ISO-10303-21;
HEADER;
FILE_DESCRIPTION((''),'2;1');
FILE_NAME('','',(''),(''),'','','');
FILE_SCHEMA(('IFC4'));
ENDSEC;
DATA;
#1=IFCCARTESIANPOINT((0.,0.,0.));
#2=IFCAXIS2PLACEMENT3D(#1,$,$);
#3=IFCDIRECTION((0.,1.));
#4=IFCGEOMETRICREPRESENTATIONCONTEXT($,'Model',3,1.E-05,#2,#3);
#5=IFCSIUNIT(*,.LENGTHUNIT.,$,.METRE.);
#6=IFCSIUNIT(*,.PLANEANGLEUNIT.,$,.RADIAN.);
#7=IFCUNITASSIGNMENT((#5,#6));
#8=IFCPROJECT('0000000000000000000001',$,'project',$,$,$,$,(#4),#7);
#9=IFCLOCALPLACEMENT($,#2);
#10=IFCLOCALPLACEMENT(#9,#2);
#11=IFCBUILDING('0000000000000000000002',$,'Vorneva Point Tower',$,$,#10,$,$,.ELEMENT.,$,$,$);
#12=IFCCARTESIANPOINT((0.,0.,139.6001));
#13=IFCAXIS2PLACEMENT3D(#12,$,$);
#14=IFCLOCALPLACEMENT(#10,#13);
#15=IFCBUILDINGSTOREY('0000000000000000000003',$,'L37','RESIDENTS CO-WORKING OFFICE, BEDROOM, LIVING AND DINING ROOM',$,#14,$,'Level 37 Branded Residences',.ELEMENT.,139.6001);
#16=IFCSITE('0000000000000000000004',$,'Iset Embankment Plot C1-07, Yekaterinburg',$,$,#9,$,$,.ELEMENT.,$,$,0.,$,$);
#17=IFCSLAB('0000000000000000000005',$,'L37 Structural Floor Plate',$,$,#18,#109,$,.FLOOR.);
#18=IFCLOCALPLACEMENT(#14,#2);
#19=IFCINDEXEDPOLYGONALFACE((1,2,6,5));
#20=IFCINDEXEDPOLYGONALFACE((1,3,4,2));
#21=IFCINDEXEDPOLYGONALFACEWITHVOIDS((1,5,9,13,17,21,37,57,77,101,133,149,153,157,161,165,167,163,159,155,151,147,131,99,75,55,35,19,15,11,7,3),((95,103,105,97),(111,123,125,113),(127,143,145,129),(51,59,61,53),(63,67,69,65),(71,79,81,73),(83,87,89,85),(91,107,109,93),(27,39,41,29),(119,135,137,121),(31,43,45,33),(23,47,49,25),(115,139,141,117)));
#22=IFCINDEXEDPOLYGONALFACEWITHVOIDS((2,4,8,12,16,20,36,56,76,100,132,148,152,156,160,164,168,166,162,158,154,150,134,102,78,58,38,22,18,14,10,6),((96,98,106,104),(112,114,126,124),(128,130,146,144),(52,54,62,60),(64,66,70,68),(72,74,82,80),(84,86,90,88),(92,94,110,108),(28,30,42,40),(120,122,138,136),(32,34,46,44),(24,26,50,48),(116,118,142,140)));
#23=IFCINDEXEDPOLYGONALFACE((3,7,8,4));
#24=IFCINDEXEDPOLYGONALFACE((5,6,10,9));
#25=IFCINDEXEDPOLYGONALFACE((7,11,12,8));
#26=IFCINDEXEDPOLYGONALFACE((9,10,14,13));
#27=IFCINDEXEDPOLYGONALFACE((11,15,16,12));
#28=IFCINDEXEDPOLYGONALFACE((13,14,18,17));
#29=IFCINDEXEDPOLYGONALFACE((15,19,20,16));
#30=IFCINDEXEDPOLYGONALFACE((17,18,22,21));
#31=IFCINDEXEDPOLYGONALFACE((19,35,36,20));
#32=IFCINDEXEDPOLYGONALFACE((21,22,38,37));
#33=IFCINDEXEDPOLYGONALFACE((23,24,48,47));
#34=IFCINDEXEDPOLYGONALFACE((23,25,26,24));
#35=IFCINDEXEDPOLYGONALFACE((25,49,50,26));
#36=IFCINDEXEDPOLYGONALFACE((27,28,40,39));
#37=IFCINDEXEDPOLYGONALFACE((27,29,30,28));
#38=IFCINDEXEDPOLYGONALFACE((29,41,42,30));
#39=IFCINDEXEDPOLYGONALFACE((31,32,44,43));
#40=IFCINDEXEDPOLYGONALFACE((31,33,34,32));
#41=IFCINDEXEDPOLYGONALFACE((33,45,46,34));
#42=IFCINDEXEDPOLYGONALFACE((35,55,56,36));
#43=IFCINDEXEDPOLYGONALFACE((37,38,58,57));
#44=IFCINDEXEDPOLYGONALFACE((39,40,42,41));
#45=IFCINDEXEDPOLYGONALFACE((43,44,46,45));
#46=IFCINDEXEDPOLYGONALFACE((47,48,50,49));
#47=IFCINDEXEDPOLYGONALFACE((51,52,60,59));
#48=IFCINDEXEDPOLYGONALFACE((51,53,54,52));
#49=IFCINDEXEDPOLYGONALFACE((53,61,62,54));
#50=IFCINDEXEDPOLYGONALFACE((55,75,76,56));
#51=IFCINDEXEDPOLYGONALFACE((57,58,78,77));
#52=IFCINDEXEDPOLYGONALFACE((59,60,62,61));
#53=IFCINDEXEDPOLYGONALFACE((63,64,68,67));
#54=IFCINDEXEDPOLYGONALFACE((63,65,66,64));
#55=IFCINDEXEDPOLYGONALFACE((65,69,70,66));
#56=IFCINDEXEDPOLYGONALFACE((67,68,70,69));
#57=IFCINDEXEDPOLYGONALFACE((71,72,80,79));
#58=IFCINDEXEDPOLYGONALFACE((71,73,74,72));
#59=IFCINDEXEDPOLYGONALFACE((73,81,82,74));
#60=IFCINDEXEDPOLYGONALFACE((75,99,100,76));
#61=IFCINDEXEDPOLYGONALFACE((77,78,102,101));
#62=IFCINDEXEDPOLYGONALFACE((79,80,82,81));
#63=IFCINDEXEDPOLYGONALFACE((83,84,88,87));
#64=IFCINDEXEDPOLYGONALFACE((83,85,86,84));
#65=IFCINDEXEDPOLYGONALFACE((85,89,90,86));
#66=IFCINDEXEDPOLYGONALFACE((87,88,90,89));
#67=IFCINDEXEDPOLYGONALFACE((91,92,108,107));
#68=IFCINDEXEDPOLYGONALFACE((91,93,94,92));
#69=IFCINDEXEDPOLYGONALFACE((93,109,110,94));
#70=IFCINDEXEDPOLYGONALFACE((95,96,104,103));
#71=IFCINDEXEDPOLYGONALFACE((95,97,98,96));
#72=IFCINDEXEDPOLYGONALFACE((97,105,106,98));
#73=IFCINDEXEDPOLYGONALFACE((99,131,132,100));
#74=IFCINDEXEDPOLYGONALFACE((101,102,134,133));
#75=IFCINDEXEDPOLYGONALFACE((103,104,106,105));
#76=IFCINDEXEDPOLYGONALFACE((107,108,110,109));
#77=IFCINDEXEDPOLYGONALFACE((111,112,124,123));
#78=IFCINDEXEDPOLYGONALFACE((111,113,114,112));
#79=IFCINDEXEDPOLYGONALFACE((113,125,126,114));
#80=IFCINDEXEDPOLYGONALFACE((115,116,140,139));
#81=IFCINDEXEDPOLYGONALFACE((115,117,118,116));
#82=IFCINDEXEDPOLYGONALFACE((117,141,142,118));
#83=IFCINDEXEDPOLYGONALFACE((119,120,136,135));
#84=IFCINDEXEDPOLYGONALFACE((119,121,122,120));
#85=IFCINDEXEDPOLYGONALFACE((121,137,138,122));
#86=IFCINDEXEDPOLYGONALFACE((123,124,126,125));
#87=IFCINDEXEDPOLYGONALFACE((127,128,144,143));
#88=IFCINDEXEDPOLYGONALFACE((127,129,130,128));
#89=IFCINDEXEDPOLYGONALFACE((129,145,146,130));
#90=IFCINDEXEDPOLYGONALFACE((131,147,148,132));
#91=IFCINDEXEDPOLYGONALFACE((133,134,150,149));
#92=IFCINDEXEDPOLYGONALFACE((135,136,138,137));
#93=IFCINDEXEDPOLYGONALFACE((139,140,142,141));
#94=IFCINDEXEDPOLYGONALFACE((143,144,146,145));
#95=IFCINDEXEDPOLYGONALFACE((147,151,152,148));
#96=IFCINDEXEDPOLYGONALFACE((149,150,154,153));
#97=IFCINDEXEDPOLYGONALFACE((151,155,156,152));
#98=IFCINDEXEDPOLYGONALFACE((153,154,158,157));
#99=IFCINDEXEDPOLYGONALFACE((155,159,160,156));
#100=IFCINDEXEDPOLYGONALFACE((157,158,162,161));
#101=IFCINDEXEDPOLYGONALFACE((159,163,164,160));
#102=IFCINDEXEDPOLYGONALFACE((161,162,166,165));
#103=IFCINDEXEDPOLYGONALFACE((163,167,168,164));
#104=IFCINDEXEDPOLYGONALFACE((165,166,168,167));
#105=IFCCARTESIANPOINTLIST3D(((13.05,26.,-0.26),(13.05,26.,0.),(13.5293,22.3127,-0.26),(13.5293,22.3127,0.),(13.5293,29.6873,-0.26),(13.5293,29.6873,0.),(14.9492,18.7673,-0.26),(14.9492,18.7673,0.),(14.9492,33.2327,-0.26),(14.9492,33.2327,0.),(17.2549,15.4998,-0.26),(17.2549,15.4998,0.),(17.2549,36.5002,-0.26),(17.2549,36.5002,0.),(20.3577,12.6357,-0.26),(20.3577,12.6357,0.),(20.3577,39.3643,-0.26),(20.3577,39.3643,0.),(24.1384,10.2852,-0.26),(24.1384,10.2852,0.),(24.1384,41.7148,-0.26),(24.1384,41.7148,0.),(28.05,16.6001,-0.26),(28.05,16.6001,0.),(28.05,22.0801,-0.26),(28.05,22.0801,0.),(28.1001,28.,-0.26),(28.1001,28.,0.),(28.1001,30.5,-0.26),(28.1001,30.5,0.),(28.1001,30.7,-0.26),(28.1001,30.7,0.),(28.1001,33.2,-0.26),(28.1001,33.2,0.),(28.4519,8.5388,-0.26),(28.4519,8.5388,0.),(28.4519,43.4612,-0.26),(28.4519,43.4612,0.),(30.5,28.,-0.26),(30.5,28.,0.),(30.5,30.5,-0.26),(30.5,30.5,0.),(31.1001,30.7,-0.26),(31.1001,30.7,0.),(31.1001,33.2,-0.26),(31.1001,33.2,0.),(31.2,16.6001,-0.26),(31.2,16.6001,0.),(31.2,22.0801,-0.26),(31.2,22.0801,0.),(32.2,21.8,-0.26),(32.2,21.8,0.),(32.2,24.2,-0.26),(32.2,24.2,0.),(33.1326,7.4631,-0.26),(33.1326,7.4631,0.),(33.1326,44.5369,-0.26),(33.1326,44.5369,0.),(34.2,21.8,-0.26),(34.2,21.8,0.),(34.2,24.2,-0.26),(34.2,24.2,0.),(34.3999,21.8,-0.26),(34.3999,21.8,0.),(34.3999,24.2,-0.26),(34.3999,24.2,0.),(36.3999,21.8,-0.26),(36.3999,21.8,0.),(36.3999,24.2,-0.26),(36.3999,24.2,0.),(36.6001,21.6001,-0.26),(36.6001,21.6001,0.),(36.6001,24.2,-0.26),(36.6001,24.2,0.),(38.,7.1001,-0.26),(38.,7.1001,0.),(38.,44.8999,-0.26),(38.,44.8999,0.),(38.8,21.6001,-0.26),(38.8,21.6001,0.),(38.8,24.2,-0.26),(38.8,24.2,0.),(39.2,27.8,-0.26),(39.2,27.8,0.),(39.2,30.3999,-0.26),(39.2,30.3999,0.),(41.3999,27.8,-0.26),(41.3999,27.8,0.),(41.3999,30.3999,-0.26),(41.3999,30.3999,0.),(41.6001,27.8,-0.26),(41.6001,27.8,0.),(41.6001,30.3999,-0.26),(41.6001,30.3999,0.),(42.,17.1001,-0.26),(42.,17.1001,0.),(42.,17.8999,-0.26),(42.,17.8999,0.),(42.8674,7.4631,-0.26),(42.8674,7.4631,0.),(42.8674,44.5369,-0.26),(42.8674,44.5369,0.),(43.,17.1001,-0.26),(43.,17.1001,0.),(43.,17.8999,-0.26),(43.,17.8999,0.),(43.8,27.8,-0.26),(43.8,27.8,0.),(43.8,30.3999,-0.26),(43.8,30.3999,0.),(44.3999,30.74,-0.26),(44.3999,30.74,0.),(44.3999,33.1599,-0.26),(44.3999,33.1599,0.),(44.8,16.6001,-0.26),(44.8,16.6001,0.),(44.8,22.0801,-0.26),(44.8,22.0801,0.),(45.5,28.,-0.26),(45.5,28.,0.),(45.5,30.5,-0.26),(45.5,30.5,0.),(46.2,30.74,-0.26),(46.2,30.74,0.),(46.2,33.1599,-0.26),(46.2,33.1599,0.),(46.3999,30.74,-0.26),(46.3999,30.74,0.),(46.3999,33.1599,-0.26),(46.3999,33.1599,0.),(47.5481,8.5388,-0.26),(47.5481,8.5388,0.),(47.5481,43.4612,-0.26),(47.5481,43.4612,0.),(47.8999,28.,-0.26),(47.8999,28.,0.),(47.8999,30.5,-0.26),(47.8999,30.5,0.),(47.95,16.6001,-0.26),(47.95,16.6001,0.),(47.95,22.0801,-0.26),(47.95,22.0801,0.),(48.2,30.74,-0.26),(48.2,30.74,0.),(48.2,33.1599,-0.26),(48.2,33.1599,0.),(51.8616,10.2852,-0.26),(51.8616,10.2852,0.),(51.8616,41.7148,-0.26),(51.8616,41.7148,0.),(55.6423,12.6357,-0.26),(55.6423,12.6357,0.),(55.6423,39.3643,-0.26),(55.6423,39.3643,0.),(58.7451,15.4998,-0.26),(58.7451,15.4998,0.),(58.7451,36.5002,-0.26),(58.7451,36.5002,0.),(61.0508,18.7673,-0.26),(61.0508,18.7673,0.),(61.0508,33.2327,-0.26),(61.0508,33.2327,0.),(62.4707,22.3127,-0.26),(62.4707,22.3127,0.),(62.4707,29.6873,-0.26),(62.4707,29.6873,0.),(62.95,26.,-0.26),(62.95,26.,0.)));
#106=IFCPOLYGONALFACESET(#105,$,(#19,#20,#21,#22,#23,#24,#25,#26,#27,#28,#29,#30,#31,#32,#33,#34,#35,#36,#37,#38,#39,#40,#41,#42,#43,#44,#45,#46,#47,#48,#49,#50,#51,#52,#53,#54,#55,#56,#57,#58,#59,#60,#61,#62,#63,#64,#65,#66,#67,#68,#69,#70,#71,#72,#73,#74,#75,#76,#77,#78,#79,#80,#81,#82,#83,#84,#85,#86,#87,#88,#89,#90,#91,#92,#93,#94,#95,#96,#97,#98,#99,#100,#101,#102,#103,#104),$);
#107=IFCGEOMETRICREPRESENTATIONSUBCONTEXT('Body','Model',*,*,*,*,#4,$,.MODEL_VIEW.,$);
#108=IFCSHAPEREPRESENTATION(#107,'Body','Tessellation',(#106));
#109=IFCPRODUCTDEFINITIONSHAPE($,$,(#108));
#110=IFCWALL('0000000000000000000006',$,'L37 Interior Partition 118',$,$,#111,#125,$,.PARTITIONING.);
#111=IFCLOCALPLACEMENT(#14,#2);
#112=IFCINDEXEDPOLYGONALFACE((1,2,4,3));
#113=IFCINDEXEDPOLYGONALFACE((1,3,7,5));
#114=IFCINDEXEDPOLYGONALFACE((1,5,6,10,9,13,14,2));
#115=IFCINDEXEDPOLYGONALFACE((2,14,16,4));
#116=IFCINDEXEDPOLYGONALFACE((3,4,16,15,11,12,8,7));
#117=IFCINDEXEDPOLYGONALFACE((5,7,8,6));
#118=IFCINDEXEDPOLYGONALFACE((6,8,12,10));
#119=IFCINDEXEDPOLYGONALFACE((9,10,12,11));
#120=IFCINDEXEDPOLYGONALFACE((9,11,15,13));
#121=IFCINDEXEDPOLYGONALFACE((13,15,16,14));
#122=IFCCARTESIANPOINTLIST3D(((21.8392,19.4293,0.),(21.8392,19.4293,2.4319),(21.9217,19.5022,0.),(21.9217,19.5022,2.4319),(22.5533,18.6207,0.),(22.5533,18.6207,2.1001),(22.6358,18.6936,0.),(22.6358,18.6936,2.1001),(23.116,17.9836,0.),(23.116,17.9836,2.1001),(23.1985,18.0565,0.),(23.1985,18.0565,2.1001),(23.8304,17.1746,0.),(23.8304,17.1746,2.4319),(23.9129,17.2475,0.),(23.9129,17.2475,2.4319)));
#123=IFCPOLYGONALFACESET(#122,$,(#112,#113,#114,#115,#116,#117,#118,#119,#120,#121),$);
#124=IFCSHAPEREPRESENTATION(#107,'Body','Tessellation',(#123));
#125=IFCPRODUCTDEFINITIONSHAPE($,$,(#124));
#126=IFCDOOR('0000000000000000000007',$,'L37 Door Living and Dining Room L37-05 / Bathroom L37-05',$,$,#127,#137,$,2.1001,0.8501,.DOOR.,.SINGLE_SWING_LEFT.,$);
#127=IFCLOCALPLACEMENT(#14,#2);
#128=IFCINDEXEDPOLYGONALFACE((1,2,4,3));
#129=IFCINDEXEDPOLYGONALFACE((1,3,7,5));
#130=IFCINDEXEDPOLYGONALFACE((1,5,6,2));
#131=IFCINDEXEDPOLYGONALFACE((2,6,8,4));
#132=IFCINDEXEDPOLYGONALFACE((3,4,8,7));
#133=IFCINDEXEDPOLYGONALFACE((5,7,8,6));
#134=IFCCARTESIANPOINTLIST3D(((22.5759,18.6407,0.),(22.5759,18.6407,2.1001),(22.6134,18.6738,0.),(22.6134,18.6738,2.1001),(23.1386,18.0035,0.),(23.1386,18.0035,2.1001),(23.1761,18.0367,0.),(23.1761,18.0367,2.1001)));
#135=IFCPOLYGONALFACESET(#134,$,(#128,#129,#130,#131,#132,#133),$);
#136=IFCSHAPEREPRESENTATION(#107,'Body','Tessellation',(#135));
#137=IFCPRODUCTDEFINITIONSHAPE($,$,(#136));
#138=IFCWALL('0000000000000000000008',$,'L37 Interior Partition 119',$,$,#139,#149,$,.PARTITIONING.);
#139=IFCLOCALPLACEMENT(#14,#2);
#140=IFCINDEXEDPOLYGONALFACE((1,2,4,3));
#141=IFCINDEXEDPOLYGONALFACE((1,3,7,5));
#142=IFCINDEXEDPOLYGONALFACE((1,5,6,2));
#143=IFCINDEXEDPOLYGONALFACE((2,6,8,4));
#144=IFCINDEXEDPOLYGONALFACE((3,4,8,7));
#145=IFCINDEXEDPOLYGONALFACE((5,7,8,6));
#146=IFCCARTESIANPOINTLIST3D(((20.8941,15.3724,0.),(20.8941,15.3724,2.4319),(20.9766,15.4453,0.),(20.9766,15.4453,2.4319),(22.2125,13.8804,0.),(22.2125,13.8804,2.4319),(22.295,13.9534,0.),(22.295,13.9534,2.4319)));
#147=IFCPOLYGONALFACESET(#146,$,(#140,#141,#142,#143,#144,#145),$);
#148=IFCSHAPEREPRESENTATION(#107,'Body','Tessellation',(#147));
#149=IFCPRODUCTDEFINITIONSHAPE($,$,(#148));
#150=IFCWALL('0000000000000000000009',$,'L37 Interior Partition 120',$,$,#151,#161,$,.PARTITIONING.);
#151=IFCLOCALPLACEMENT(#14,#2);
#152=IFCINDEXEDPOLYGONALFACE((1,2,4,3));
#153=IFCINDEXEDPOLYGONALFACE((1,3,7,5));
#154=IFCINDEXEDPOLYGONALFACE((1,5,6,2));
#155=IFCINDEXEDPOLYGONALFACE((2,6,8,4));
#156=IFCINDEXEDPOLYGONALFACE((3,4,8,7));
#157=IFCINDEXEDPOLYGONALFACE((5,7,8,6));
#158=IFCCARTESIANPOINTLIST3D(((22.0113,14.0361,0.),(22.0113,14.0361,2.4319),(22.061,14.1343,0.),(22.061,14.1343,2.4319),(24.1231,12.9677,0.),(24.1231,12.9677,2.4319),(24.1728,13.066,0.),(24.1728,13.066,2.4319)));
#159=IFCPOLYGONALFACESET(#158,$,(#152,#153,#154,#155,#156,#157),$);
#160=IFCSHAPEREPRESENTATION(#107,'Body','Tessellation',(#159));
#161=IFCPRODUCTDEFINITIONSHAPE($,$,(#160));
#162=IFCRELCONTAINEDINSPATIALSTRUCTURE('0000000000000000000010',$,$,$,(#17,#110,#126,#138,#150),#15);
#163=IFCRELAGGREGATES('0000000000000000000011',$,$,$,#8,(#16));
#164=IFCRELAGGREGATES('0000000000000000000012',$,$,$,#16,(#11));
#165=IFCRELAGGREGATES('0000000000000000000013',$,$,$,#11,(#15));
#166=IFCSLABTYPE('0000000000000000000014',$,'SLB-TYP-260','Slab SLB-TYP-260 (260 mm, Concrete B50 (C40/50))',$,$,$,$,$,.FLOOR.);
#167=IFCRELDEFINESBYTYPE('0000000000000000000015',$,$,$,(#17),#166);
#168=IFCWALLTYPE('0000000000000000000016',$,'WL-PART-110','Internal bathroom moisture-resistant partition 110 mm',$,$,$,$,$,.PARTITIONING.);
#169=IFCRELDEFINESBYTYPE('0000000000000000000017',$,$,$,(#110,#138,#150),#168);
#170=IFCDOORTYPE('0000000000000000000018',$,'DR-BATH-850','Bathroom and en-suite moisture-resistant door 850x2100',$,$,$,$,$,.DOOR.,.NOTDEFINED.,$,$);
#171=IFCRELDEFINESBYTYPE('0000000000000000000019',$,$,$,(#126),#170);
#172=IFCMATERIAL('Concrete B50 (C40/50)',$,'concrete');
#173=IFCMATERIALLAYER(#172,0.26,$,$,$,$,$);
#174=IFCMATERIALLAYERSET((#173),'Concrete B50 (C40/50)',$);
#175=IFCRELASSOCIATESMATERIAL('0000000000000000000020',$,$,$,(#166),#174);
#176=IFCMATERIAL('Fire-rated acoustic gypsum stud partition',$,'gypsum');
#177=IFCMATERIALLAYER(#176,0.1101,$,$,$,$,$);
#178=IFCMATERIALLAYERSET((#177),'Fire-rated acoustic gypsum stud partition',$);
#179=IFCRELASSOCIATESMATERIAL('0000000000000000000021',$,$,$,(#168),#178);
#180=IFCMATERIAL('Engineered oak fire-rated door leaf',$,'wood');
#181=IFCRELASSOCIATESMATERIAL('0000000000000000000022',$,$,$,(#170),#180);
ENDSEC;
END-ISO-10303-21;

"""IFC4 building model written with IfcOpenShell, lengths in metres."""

from ifc_helpers import new_model, si_unit, direction, frame, frame_2d, origin, place, context, subcontext, project, spatial, polyline, rectangle, outline, extrude, material, layer, layer_set, type_object, element, fill, save


model = new_model("IFC4")

# Units and contexts
model_context = context("Model", 3, precision=1e-05, world=origin(), true_north=direction((0.0, 1.0)))
body_context = subcontext(model_context, "Body", "Model", "MODEL_VIEW")
ifc_project = project(units=[si_unit("LENGTHUNIT", "METRE"), si_unit("PLANEANGLEUNIT", "RADIAN")], contexts=[model_context])

# Site, building, storey
site_placement = place(None, origin())
site = spatial("IfcSite", under=ifc_project, at=site_placement, Name="Iset Embankment Plot C1-07, Yekaterinburg", CompositionType="ELEMENT", RefElevation=0.0)
building_placement = place(site_placement, origin())
building = spatial("IfcBuilding", under=site, at=building_placement, Name="Vorneva Point Tower", CompositionType="ELEMENT")
storey_placement = place(building_placement, frame((0.0, 0.0, 139.6001)))
storey = spatial("IfcBuildingStorey", under=building, at=storey_placement, Name="L37", Description="RESIDENTS CO-WORKING OFFICE, BEDROOM, LIVING AND DINING ROOM", LongName="Level 37 Branded Residences", CompositionType="ELEMENT", Elevation=139.6001)

# Shared definitions
ifc_material_1 = material(Name="Concrete B50 (C40/50)", Category="concrete")

# Slab
ifc_layer_1 = layer(ifc_material_1, 0.26)
ifc_layer_set_1 = layer_set([ifc_layer_1], Name="Concrete B50 (C40/50)")
slab_type_1 = type_object("IfcSlabType", Name="SLB-TYP-260", Description="Slab SLB-TYP-260 (260 mm, Concrete B50 (C40/50))", PredefinedType="FLOOR", material=ifc_layer_set_1)
slab_1_placement = place(storey_placement, frame((0.0, 0.0, -0.26)))
element("IfcSlab", 1, at=slab_1_placement, inside=storey, type_object=slab_type_1, Name="L37 Structural Floor Plate", PredefinedType="FLOOR", context=body_context, shape_type="SweptSolid", body=[
    extrude(outline(polyline([(62.95, 26.0), (62.4707, 29.6873), (61.0508, 33.2327), (58.7451, 36.5002), (55.6423, 39.3643), (51.8616, 41.7148), (47.5481, 43.4612), (42.8674, 44.5369), (38.0, 44.8999), (33.1326, 44.5369), (28.4519, 43.4612), (24.1384, 41.7148), (20.3577, 39.3643), (17.2549, 36.5002), (14.9492, 33.2327), (13.5293, 29.6873), (13.05, 26.0), (13.5293, 22.3127), (14.9492, 18.7673), (17.2549, 15.4998), (20.3577, 12.6357), (24.1384, 10.2852), (28.4519, 8.5388), (33.1326, 7.4631), (38.0, 7.1001), (42.8674, 7.4631), (47.5481, 8.5388), (51.8616, 10.2852), (55.6423, 12.6357), (58.7451, 15.4998), (61.0508, 18.7673), (62.4707, 22.3127), (62.95, 26.0)]), holes=[polyline([(32.2, 21.8), (34.2, 21.8), (34.2, 24.2), (32.2, 24.2), (32.2, 21.8)]), polyline([(34.3999, 21.8), (36.3999, 21.8), (36.3999, 24.2), (34.3999, 24.2), (34.3999, 21.8)]), polyline([(36.6001, 21.6001), (38.8, 21.6001), (38.8, 24.2), (36.6001, 24.2), (36.6001, 21.6001)]), polyline([(39.2, 27.8), (41.3999, 27.8), (41.3999, 30.3999), (39.2, 30.3999), (39.2, 27.8)]), polyline([(41.6001, 27.8), (43.8, 27.8), (43.8, 30.3999), (41.6001, 30.3999), (41.6001, 27.8)]), polyline([(44.3999, 30.74), (46.2, 30.74), (46.2, 33.1599), (44.3999, 33.1599), (44.3999, 30.74)]), polyline([(46.3999, 30.74), (48.2, 30.74), (48.2, 33.1599), (46.3999, 33.1599), (46.3999, 30.74)]), polyline([(28.1001, 28.0), (30.5, 28.0), (30.5, 30.5), (28.1001, 30.5), (28.1001, 28.0)]), polyline([(45.5, 28.0), (47.8999, 28.0), (47.8999, 30.5), (45.5, 30.5), (45.5, 28.0)]), polyline([(28.1001, 30.7), (31.1001, 30.7), (31.1001, 33.2), (28.1001, 33.2), (28.1001, 30.7)]), polyline([(28.05, 16.6001), (31.2, 16.6001), (31.2, 22.0801), (28.05, 22.0801), (28.05, 16.6001)]), polyline([(44.8, 16.6001), (47.95, 16.6001), (47.95, 22.0801), (44.8, 22.0801), (44.8, 16.6001)]), polyline([(42.0, 17.1001), (43.0, 17.1001), (43.0, 17.8999), (42.0, 17.8999), (42.0, 17.1001)])]), origin(), (0.0, 0.0, 1.0), 0.26),
])

# Wall, opening, door
ifc_material_2 = material(Name="Fire-rated acoustic gypsum stud partition", Category="gypsum")
ifc_layer_2 = layer(ifc_material_2, 0.1101)
ifc_layer_set_2 = layer_set([ifc_layer_2], Name="Fire-rated acoustic gypsum stud partition")
wall_type_1 = type_object("IfcWallType", Name="WL-PART-110", Description="Internal bathroom moisture-resistant partition 110 mm", PredefinedType="PARTITIONING", material=ifc_layer_set_2)
wall_1_placement = place(storey_placement, frame((23.8716, 17.2112, 0.0), z_axis=(0.0, 0.0, 1.0), x_axis=(-0.661962, 0.749537, 0.0)))
wall_1 = element("IfcWall", 2, at=wall_1_placement, inside=storey, type_object=wall_type_1, Name="L37 Interior Partition 118", PredefinedType="PARTITIONING", context=body_context, shape_type="SweptSolid", body=[
    extrude(rectangle(XDim=3.0081, YDim=0.1101, at=frame_2d((1.5039, 0.0))), origin(), (0.0, 0.0, 1.0), 2.4319),
])
opening_1_placement = place(wall_1_placement, frame((1.0791, 0.0, 0.0)))
opening_1 = element("IfcOpeningElement", 3, at=opening_1_placement, cuts=wall_1, PredefinedType="OPENING", context=body_context, shape_type="SweptSolid", body=[
    extrude(rectangle(XDim=0.8501, YDim=2.1001, at=frame_2d((0.425, 1.05))), frame((0.0, 0.0698, 0.0), z_axis=(0.0, -1.0, 0.0), x_axis=(1.0, 0.0, 0.0)), (0.0, 0.0, 1.0), 0.1399),
])
ifc_material_3 = material(Name="Engineered oak fire-rated door leaf", Category="wood")
door_type_1 = type_object("IfcDoorType", Name="DR-BATH-850", Description="Bathroom and en-suite moisture-resistant door 850x2100", OperationType="NOTDEFINED", PredefinedType="DOOR", material=ifc_material_3)
door_1_placement = place(opening_1_placement, origin())
door_1 = element("IfcDoor", 4, at=door_1_placement, inside=storey, type_object=door_type_1, Name="L37 Door Living and Dining Room L37-05 / Bathroom L37-05", OperationType="SINGLE_SWING_LEFT", OverallHeight=2.1001, OverallWidth=0.8501, PredefinedType="DOOR", context=body_context, shape_type="SweptSolid", body=[
    extrude(rectangle(XDim=0.8501, YDim=2.1001, at=frame_2d((0.425, 1.05))), frame((0.0, 0.0249, 0.0), z_axis=(0.0, -1.0, 0.0), x_axis=(1.0, 0.0, 0.0)), (0.0, 0.0, 1.0), 0.05),
])
fill(opening_1, door_1)

# Walls
wall_2_placement = place(storey_placement, frame((20.9353, 15.4089, 0.0), z_axis=(0.0, 0.0, 1.0), x_axis=(0.662169, -0.749355, 0.0)))
element("IfcWall", 5, at=wall_2_placement, inside=storey, type_object=wall_type_1, Name="L37 Interior Partition 119", PredefinedType="PARTITIONING", context=body_context, shape_type="SweptSolid", body=[
    extrude(rectangle(XDim=1.991, YDim=0.1101, at=frame_2d((0.9956, 0.0))), origin(), (0.0, 0.0, 1.0), 2.4319),
])
wall_3_placement = place(storey_placement, frame((22.0361, 14.0852, 0.0), z_axis=(0.0, 0.0, 1.0), x_axis=(0.892313, -0.451417, 0.0)))
element("IfcWall", 6, at=wall_3_placement, inside=storey, type_object=wall_type_1, Name="L37 Interior Partition 120", PredefinedType="PARTITIONING", context=body_context, shape_type="SweptSolid", body=[
    extrude(rectangle(XDim=2.3667, YDim=0.1101, at=frame_2d((1.1833, 0.0))), origin(), (0.0, 0.0, 1.0), 2.4319),
])

save(model, "model.ifc")
